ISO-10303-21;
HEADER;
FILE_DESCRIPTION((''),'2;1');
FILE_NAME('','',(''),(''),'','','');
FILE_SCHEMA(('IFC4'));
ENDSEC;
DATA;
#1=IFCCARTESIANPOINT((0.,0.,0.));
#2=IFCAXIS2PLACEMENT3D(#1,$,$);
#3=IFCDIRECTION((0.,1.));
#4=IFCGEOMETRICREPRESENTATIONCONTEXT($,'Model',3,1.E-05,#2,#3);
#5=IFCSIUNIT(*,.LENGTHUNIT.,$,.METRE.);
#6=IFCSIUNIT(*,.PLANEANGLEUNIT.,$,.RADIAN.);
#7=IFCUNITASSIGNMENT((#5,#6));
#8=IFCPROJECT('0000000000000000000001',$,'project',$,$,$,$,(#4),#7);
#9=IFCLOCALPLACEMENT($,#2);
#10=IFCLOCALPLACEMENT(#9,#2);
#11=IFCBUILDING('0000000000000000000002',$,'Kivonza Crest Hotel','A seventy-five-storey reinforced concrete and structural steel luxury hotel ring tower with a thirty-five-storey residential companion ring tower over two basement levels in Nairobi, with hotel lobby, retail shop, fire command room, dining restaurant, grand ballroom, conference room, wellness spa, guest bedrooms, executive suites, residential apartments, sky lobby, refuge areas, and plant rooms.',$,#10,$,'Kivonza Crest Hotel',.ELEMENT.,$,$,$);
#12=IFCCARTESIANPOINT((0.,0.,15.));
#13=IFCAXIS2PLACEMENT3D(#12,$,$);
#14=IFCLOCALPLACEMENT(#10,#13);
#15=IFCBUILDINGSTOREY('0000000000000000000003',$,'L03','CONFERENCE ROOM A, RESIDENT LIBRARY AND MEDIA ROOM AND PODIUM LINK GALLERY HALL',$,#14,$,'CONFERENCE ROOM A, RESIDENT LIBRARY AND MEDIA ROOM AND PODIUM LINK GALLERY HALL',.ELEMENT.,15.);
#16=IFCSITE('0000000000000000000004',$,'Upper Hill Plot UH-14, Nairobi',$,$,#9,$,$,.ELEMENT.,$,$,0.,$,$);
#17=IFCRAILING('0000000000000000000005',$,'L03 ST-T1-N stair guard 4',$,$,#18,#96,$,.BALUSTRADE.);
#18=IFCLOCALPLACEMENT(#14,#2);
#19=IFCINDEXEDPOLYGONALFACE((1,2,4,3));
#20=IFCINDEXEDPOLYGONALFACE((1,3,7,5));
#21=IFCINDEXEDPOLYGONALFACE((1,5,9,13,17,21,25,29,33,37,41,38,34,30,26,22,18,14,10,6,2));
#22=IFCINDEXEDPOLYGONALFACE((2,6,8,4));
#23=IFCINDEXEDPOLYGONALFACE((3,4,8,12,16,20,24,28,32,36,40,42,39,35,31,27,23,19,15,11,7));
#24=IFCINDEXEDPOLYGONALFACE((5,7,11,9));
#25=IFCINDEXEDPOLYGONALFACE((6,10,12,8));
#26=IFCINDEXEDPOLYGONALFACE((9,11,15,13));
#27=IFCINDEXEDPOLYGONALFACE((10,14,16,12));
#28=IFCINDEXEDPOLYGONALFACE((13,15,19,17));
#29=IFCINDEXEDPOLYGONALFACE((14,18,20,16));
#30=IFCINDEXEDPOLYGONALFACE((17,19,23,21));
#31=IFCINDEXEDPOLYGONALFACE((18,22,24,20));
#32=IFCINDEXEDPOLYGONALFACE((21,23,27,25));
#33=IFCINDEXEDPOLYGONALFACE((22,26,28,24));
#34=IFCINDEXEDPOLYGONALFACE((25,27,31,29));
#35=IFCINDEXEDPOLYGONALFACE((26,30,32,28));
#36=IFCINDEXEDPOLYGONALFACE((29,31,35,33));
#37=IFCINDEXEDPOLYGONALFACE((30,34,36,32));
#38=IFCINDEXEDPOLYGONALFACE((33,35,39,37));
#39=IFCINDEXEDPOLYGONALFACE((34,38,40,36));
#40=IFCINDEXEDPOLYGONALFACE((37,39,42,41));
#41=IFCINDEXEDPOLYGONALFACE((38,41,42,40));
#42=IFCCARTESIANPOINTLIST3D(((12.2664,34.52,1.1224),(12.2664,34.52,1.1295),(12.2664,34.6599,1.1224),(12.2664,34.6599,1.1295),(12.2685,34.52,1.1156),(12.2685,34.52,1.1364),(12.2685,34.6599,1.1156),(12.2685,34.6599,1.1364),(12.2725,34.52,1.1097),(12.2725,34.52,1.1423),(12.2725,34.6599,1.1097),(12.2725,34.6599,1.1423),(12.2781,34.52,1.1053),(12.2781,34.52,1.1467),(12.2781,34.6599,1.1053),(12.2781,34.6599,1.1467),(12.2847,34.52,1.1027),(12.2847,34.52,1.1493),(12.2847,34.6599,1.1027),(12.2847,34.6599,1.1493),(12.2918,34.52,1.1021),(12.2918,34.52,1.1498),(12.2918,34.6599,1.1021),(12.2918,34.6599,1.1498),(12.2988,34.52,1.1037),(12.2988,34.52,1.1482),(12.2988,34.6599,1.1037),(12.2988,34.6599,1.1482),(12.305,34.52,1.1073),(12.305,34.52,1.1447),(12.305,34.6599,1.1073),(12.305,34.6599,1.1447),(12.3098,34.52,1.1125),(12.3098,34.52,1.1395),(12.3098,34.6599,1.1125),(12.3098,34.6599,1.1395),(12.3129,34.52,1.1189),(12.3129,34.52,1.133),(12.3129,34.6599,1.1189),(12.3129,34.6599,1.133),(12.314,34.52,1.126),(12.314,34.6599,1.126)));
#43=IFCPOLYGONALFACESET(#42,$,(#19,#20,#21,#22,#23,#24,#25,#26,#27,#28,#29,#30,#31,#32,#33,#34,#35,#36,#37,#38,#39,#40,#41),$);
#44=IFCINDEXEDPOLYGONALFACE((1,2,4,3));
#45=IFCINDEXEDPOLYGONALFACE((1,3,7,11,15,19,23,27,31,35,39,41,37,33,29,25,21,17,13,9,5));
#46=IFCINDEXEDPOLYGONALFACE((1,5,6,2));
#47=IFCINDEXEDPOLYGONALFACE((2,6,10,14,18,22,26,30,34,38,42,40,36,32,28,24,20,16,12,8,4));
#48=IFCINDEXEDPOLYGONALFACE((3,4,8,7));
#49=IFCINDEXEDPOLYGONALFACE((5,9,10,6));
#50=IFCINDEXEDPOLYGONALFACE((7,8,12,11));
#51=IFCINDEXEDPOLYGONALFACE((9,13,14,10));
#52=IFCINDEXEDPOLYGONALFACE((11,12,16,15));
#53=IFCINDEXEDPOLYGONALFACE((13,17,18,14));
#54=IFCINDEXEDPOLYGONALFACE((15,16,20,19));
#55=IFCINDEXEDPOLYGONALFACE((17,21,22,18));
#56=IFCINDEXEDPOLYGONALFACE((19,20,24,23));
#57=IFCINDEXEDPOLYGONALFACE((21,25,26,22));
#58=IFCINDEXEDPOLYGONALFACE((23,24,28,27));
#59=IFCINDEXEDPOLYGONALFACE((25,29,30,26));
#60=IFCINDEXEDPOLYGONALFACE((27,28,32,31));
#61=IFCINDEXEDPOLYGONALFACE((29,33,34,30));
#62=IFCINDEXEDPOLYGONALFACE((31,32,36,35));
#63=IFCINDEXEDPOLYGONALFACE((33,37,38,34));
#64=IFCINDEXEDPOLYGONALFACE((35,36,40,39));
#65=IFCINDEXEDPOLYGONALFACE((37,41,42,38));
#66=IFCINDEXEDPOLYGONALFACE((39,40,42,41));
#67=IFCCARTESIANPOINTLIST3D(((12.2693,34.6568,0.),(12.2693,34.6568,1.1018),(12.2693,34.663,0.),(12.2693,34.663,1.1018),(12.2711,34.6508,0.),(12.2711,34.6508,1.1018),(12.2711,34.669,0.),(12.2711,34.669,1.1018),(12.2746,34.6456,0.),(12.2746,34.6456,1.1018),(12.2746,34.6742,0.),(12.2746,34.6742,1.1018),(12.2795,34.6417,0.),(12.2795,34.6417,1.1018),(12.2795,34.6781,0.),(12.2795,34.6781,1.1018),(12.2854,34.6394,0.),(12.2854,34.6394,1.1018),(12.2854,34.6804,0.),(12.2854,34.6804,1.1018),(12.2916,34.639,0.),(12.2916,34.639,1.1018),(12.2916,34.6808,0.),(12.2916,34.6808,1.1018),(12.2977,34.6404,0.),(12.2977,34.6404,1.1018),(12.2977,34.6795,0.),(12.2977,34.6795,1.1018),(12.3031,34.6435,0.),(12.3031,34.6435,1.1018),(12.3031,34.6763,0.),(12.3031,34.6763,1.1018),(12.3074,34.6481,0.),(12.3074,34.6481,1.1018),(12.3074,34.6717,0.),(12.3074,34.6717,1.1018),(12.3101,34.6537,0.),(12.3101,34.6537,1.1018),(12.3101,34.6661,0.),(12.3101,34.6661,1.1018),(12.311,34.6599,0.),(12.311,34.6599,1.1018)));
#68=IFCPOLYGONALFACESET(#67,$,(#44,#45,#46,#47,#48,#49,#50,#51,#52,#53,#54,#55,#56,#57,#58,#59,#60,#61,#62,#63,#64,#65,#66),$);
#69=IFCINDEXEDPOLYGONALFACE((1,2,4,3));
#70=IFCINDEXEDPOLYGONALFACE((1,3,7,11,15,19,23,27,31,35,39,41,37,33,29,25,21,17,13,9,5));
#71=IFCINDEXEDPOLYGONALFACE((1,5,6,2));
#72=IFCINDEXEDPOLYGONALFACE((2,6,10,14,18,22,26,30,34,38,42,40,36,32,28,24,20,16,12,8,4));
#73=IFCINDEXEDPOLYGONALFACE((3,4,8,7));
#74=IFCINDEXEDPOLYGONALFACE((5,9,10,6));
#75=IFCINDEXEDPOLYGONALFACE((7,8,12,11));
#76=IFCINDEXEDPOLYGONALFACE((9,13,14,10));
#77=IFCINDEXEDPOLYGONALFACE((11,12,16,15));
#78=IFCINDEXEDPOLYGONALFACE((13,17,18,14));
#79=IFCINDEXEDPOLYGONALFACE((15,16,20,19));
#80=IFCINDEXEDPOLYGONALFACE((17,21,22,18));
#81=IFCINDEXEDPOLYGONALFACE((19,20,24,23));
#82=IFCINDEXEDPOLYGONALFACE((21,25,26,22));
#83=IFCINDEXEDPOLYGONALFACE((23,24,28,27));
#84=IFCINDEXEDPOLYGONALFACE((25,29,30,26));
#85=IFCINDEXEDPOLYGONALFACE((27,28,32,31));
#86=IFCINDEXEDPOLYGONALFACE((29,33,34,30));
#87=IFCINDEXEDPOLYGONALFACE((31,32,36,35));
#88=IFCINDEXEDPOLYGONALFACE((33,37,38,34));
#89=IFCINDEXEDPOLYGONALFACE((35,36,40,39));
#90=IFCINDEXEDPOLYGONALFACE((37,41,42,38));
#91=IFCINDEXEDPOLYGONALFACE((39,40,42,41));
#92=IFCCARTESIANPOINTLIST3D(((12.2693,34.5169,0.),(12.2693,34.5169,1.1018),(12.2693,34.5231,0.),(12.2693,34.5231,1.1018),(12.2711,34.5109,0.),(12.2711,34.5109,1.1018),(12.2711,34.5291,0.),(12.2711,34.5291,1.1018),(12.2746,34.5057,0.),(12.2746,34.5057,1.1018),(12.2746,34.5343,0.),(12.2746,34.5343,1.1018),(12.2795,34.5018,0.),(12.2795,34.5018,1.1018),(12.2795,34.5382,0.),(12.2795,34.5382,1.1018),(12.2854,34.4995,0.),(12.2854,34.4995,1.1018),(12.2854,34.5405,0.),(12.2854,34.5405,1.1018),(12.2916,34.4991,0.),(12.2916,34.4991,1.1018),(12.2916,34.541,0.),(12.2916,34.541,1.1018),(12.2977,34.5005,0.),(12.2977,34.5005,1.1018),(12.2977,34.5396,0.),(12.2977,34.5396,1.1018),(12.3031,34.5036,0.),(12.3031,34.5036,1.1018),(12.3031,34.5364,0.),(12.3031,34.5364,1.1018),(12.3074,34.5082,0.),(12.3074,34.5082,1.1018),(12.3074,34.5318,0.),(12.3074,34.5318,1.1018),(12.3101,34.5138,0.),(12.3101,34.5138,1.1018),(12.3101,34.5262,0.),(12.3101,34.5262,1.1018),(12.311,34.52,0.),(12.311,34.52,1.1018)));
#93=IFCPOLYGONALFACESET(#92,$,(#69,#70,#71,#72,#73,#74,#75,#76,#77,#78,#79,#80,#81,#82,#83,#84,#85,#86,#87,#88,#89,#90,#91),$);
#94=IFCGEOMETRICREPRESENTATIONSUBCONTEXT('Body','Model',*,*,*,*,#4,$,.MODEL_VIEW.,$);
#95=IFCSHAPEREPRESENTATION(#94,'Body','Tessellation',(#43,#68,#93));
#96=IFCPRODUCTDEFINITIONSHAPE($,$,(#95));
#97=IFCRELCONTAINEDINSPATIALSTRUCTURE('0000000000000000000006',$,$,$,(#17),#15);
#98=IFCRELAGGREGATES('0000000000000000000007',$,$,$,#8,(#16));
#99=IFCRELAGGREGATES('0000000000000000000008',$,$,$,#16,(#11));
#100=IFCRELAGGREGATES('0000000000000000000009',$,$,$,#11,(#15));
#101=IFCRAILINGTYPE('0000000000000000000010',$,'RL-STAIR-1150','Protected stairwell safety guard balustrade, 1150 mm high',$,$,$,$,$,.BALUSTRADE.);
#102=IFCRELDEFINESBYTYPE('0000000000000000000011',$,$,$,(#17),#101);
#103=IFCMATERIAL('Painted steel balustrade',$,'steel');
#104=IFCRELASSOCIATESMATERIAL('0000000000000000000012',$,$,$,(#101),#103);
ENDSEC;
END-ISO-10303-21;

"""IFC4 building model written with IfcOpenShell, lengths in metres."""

from ifc_helpers import new_model, si_unit, direction, frame, origin, origin_2d, place, context, subcontext, project, spatial, circle, extrude, material, type_object, element, save


model = new_model("IFC4")

# Units and contexts
model_context = context("Model", 3, precision=1e-05, world=origin(), true_north=direction((0.0, 1.0)))
body_context = subcontext(model_context, "Body", "Model", "MODEL_VIEW")
ifc_project = project(units=[si_unit("LENGTHUNIT", "METRE"), si_unit("PLANEANGLEUNIT", "RADIAN")], contexts=[model_context])

# Site, building, storey
site_placement = place(None, origin())
site = spatial("IfcSite", under=ifc_project, at=site_placement, Name="Upper Hill Plot UH-14, Nairobi", CompositionType="ELEMENT", RefElevation=0.0)
building_placement = place(site_placement, origin())
building = spatial("IfcBuilding", under=site, at=building_placement, Name="Kivonza Crest Hotel", Description="A seventy-five-storey reinforced concrete and structural steel luxury hotel ring tower with a thirty-five-storey residential companion ring tower over two basement levels in Nairobi, with hotel lobby, retail shop, fire command room, dining restaurant, grand ballroom, conference room, wellness spa, guest bedrooms, executive suites, residential apartments, sky lobby, refuge areas, and plant rooms.", LongName="Kivonza Crest Hotel", CompositionType="ELEMENT")
storey_placement = place(building_placement, frame((0.0, 0.0, 15.0)))
storey = spatial("IfcBuildingStorey", under=building, at=storey_placement, Name="L03", Description="CONFERENCE ROOM A, RESIDENT LIBRARY AND MEDIA ROOM AND PODIUM LINK GALLERY HALL", LongName="CONFERENCE ROOM A, RESIDENT LIBRARY AND MEDIA ROOM AND PODIUM LINK GALLERY HALL", CompositionType="ELEMENT", Elevation=15.0)

# Railing
ifc_material_1 = material(Name="Painted steel balustrade", Category="steel")
railing_type_1 = type_object("IfcRailingType", Name="RL-STAIR-1150", Description="Protected stairwell safety guard balustrade, 1150 mm high", PredefinedType="BALUSTRADE", material=ifc_material_1)
railing_1_placement = place(storey_placement, frame((12.29, 34.6599, 0.0)))
element("IfcRailing", 1, at=railing_1_placement, inside=storey, type_object=railing_type_1, Name="L03 ST-T1-N stair guard 4", PredefinedType="BALUSTRADE", context=body_context, shape_type="SweptSolid", body=[
    extrude(circle(Radius=0.0239, at=origin_2d()), frame((0.0, 0.0, 1.126), z_axis=(0.0, -1.0, 0.0), x_axis=(1.0, 0.0, 0.0)), (0.0, 0.0, 1.0), 0.1399),
    extrude(circle(Radius=0.021, at=origin_2d()), origin(), (0.0, 0.0, 1.0), 1.1018),
    extrude(circle(Radius=0.021, at=origin_2d()), frame((0.0, -0.1399, 0.0)), (0.0, 0.0, 1.0), 1.1018),
])

save(model, "model.ifc")
